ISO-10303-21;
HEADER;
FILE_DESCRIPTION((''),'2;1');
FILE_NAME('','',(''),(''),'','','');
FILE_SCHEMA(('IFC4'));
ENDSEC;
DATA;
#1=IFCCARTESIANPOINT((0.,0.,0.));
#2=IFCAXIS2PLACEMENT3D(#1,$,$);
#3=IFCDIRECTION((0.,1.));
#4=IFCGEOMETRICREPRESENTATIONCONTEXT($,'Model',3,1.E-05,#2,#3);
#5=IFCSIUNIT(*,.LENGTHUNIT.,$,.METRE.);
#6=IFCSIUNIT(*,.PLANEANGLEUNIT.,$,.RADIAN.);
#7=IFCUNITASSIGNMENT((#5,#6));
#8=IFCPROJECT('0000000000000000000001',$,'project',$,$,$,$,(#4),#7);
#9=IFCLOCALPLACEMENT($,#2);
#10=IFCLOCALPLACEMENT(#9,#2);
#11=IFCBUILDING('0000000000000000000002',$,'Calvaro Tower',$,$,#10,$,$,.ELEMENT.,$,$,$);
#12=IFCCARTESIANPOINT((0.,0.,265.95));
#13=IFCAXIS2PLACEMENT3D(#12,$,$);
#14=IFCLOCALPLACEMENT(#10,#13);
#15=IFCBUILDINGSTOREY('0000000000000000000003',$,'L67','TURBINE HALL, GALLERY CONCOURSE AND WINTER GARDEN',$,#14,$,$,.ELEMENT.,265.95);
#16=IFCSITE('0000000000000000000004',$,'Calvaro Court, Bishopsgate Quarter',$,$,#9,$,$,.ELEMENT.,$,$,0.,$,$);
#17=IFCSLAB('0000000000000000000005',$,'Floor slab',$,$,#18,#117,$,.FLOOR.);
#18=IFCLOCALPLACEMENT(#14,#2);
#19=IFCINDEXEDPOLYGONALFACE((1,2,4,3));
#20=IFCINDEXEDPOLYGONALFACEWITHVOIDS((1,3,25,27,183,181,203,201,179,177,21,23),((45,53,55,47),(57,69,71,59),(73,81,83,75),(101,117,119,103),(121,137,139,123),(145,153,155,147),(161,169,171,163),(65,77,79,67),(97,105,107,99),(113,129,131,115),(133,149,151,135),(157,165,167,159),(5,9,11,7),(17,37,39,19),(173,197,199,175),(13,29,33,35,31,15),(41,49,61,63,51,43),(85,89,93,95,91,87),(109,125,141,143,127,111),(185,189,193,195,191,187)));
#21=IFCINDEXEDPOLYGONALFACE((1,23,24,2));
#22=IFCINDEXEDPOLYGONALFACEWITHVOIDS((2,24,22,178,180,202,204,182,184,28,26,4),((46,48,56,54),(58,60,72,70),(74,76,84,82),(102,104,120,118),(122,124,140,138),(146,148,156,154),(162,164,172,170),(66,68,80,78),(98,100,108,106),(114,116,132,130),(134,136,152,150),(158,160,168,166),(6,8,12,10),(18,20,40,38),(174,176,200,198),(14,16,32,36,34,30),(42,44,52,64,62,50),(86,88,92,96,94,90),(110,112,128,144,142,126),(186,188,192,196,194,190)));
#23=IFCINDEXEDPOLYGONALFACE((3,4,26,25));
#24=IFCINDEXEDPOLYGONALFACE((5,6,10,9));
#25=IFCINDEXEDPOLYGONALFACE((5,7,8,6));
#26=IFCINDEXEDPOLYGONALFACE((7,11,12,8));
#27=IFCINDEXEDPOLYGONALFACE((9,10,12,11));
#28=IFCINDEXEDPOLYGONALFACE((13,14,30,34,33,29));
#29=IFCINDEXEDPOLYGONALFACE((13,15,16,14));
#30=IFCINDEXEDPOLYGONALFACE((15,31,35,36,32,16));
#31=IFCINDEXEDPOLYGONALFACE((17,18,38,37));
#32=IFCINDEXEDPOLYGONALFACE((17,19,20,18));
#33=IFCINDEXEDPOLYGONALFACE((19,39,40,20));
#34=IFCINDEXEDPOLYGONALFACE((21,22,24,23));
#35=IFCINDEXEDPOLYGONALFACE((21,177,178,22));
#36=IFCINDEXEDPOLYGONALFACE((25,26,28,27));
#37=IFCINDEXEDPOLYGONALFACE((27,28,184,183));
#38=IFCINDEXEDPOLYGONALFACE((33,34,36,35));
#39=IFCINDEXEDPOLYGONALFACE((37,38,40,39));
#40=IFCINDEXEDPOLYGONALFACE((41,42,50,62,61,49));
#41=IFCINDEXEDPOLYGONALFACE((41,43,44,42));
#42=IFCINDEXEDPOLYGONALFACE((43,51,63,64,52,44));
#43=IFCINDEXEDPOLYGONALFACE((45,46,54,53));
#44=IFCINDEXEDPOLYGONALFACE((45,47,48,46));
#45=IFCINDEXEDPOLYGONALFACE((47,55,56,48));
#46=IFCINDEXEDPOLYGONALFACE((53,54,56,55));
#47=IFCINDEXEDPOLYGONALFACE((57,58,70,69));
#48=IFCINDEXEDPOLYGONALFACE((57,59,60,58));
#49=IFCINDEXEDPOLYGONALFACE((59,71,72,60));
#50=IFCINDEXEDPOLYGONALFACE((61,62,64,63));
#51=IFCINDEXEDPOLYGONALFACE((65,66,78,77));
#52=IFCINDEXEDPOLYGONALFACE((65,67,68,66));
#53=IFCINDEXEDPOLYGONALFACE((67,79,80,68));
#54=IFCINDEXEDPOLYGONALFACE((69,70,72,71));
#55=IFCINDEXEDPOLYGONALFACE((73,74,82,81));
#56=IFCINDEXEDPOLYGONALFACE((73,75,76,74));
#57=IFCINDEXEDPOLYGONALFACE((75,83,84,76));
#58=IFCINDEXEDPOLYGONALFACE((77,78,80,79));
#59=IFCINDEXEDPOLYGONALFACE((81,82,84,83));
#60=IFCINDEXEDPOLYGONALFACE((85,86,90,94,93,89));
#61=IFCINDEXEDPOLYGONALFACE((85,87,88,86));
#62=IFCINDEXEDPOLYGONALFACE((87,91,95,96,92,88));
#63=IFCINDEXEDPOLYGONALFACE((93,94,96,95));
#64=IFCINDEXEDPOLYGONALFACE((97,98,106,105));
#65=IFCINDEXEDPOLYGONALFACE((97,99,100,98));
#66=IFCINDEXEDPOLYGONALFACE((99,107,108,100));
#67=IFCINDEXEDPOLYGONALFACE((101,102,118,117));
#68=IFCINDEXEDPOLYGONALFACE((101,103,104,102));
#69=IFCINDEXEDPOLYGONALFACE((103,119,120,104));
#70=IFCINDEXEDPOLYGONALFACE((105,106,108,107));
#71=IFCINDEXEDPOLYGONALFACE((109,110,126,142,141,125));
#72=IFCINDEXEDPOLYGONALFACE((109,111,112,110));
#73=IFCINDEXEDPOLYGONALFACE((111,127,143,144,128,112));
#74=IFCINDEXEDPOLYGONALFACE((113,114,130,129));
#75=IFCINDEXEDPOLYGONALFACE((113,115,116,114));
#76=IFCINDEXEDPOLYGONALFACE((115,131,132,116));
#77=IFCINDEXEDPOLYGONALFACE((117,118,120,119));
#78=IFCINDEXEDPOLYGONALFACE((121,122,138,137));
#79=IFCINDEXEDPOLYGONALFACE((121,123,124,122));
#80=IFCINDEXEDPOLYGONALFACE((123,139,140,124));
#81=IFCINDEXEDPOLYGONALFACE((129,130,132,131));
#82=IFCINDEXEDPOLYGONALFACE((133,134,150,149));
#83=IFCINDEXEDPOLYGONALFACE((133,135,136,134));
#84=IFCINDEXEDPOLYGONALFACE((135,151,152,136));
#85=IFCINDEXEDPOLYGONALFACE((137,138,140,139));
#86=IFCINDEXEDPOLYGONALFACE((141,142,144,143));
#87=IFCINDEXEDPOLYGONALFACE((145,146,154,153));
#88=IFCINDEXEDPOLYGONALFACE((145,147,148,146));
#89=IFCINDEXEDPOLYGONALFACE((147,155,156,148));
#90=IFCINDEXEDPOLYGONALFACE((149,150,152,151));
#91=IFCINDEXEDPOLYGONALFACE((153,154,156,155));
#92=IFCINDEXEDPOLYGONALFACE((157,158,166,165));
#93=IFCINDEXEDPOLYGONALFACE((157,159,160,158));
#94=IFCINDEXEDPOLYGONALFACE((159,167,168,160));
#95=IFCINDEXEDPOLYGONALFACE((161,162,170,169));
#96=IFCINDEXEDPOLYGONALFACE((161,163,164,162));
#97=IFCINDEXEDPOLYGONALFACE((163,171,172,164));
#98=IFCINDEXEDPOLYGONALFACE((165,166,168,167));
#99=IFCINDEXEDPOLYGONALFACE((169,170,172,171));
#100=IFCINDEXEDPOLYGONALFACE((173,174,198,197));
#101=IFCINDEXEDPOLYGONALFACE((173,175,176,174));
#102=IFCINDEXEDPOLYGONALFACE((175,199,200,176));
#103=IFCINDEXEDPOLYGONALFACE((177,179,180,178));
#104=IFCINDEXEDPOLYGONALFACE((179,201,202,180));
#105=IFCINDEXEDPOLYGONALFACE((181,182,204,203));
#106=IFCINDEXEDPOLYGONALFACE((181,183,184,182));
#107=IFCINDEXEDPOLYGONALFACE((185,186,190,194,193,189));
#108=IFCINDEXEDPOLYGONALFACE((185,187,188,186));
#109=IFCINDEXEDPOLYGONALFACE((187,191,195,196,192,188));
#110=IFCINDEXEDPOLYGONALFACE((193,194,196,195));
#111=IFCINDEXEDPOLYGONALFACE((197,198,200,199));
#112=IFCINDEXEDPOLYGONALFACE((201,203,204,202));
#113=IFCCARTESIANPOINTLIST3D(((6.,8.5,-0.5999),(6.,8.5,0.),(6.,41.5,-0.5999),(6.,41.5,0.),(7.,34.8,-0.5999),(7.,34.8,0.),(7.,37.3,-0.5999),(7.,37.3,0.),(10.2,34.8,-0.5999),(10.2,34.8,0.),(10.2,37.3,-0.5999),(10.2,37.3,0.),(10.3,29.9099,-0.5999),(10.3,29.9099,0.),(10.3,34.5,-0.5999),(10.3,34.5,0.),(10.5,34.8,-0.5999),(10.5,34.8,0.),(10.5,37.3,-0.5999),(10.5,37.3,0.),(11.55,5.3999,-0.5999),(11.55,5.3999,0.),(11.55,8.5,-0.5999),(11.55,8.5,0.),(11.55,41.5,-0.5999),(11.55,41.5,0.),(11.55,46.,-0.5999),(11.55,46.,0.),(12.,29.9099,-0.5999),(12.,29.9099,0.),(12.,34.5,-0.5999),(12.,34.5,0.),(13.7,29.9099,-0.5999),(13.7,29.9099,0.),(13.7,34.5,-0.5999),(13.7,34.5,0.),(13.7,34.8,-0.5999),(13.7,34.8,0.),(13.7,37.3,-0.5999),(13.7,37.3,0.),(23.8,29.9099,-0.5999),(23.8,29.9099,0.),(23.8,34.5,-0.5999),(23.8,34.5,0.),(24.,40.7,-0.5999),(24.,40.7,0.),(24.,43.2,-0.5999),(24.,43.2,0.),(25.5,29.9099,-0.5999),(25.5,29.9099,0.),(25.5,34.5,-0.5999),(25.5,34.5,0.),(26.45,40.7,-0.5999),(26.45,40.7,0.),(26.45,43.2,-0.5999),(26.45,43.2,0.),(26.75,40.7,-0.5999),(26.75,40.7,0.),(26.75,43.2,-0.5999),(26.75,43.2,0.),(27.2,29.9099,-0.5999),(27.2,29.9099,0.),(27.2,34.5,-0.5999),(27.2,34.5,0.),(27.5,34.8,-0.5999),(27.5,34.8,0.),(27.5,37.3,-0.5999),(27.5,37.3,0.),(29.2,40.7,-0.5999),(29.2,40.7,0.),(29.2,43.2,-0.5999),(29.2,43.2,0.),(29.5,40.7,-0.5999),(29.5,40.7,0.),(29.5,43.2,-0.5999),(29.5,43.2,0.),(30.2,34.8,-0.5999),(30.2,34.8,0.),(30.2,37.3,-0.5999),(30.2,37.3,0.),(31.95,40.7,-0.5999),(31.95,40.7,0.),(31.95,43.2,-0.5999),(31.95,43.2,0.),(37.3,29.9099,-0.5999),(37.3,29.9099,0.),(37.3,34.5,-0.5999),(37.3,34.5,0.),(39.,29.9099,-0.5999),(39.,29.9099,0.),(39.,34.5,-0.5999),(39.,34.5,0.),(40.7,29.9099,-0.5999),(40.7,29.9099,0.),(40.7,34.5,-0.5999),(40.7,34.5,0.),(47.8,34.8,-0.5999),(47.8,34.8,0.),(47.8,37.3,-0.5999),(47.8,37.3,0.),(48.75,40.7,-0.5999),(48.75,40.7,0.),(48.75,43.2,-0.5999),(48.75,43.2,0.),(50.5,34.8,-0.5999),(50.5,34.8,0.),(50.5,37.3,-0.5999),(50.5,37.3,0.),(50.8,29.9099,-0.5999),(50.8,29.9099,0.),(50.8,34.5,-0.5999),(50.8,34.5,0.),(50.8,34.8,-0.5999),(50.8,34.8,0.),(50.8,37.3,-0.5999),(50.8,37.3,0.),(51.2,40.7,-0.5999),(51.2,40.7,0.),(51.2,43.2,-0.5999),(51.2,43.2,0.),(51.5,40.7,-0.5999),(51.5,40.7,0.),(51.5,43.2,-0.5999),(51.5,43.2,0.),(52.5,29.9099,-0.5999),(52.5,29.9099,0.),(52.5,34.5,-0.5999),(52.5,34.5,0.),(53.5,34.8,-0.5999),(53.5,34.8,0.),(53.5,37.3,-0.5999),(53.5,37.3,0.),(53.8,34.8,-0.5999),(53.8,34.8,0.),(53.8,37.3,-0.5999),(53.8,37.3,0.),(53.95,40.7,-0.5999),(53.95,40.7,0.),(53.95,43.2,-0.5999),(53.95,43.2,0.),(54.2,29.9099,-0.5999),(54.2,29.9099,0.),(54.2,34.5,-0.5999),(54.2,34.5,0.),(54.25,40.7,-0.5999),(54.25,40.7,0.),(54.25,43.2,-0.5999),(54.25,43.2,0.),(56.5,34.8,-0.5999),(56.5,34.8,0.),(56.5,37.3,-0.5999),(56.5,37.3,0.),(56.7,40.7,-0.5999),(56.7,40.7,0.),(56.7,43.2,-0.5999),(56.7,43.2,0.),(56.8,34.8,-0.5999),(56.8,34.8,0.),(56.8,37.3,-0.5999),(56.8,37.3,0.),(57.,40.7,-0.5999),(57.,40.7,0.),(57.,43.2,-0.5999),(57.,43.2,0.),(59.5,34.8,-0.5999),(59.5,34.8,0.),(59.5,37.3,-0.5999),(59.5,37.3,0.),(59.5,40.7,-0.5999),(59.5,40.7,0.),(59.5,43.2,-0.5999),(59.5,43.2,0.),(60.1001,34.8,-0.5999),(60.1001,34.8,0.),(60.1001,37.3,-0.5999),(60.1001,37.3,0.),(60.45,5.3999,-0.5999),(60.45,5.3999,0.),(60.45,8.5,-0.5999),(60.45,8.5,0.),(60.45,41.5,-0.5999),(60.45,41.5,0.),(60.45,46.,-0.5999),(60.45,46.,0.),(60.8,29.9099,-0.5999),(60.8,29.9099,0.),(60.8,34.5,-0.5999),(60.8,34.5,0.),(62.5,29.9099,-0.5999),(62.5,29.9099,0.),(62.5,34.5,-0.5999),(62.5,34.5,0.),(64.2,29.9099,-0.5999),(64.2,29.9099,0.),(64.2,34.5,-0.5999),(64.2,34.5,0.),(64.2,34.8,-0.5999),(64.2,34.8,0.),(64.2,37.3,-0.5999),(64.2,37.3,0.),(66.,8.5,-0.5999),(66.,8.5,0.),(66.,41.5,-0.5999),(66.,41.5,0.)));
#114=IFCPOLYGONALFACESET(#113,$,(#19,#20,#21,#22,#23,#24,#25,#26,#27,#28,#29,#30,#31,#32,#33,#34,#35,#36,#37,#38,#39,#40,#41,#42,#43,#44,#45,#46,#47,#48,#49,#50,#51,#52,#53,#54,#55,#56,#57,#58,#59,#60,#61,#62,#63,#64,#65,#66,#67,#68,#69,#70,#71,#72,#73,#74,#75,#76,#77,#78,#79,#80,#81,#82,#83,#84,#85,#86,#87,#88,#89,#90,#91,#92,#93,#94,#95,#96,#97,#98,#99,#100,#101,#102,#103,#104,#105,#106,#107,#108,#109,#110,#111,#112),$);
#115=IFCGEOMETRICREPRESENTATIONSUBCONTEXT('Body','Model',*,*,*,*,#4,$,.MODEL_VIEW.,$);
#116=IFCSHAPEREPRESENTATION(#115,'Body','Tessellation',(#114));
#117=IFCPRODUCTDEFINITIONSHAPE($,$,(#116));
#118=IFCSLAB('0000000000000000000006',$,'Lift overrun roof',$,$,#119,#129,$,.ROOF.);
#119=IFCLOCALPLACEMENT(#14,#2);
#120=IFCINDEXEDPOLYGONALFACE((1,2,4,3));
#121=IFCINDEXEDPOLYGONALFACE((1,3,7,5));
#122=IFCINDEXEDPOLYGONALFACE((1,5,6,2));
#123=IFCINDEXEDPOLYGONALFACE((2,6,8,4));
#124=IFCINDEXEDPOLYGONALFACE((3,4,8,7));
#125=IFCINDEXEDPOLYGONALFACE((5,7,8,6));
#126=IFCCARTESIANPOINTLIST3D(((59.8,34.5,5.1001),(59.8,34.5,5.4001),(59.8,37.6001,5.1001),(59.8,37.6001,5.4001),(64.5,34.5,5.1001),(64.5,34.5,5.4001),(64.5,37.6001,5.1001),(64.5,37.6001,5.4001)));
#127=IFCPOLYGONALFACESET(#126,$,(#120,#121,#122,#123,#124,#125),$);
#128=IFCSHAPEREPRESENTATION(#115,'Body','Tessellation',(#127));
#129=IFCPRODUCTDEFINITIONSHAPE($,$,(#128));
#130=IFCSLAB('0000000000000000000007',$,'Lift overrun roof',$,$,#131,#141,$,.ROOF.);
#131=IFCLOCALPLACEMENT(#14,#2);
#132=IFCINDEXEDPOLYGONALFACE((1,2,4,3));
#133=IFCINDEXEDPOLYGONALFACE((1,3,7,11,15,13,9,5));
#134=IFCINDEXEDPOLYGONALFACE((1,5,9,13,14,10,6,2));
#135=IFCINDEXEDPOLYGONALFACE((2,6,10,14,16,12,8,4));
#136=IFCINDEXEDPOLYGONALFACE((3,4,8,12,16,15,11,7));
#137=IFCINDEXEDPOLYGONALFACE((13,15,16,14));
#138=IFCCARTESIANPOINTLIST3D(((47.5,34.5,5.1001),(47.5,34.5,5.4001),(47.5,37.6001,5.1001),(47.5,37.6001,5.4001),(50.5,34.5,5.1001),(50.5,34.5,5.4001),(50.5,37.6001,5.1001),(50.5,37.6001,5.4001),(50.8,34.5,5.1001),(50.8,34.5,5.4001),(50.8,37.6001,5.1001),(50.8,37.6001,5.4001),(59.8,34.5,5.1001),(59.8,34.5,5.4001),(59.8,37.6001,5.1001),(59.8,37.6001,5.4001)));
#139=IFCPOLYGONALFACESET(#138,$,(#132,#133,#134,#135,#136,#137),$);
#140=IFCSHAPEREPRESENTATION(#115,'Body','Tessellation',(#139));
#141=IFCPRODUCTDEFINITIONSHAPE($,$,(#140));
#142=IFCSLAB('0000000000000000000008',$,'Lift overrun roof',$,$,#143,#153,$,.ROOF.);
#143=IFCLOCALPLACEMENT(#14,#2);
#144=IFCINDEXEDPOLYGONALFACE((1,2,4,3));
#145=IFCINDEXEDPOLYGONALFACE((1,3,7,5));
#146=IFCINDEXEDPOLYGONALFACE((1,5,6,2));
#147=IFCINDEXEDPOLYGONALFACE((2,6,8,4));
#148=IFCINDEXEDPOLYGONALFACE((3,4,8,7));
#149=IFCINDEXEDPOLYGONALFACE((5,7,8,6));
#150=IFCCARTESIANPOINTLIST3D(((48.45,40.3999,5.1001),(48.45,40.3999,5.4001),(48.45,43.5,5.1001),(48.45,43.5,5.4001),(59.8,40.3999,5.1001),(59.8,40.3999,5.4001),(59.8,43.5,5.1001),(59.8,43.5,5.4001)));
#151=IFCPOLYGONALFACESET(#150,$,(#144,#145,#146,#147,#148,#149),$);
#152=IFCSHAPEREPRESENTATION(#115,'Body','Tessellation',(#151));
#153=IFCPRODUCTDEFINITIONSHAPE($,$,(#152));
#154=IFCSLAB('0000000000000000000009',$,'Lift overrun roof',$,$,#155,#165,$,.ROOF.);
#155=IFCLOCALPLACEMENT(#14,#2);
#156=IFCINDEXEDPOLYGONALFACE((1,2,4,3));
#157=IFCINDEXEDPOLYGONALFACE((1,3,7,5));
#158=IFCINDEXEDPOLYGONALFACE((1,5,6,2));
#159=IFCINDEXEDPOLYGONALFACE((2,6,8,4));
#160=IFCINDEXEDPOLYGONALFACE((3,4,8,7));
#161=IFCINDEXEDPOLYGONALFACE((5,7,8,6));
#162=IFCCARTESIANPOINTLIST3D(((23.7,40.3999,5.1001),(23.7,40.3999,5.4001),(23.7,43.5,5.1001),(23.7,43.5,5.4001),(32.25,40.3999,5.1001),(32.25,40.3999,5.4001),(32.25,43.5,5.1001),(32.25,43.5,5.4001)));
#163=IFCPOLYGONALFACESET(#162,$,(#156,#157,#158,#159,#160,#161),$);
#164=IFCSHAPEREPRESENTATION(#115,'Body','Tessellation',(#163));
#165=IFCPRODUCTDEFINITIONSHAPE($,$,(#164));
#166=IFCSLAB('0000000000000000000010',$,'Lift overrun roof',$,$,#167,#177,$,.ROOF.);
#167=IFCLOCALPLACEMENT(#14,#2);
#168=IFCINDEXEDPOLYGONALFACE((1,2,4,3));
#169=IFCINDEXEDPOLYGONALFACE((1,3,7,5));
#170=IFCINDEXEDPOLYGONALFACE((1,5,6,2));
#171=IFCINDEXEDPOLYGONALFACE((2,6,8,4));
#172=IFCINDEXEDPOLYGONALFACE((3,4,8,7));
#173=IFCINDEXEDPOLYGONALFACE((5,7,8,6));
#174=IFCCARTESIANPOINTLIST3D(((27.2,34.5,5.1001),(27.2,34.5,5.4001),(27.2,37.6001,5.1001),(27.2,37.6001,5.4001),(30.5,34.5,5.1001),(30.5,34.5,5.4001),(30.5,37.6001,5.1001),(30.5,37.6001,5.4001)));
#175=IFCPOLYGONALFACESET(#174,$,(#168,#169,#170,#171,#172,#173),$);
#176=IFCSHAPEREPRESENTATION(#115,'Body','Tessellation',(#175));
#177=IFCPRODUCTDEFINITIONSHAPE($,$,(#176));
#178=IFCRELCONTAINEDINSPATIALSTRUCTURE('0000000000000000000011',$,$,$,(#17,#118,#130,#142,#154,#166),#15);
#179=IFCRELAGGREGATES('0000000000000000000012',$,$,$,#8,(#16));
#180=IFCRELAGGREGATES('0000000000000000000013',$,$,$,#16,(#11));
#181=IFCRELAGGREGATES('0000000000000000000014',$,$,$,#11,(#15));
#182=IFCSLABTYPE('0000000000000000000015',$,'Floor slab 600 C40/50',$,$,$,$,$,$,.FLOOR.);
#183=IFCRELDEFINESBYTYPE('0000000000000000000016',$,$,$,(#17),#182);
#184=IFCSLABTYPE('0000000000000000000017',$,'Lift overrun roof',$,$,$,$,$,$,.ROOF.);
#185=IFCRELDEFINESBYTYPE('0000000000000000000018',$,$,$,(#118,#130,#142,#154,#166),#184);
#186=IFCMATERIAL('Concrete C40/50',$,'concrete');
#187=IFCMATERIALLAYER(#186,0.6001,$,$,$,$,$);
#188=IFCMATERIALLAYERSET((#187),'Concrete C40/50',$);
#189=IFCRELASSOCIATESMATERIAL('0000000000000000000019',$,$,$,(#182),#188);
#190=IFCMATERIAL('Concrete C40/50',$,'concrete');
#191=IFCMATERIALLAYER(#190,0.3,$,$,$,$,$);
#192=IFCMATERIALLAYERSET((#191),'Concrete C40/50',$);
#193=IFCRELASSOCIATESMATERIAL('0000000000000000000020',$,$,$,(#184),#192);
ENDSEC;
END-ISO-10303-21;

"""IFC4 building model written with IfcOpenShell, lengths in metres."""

from ifc_helpers import new_model, si_unit, direction, frame, origin, place, context, subcontext, project, spatial, polyline, outline, extrude, material, layer, layer_set, type_object, element, save


model = new_model("IFC4")

# Units and contexts
model_context = context("Model", 3, precision=1e-05, world=origin(), true_north=direction((0.0, 1.0)))
body_context = subcontext(model_context, "Body", "Model", "MODEL_VIEW")
ifc_project = project(units=[si_unit("LENGTHUNIT", "METRE"), si_unit("PLANEANGLEUNIT", "RADIAN")], contexts=[model_context])

# Site, building, storey
site_placement = place(None, origin())
site = spatial("IfcSite", under=ifc_project, at=site_placement, Name="Calvaro Court, Bishopsgate Quarter", CompositionType="ELEMENT", RefElevation=0.0)
building_placement = place(site_placement, origin())
building = spatial("IfcBuilding", under=site, at=building_placement, Name="Calvaro Tower", CompositionType="ELEMENT")
storey_placement = place(building_placement, frame((0.0, 0.0, 265.95)))
storey = spatial("IfcBuildingStorey", under=building, at=storey_placement, Name="L67", Description="TURBINE HALL, GALLERY CONCOURSE AND WINTER GARDEN", CompositionType="ELEMENT", Elevation=265.95)

# Slabs
ifc_material_1 = material(Name="Concrete C40/50", Category="concrete")
ifc_layer_1 = layer(ifc_material_1, 0.6001)
ifc_layer_set_1 = layer_set([ifc_layer_1], Name="Concrete C40/50")
slab_type_1 = type_object("IfcSlabType", Name="Floor slab 600 C40/50", PredefinedType="FLOOR", material=ifc_layer_set_1)
slab_1_placement = place(storey_placement, frame((0.0, 0.0, -0.5999)))
element("IfcSlab", 1, at=slab_1_placement, inside=storey, type_object=slab_type_1, Name="Floor slab", PredefinedType="FLOOR", context=body_context, shape_type="SweptSolid", body=[
    extrude(outline(polyline([(60.45, 8.5), (60.45, 5.3999), (11.55, 5.3999), (11.55, 8.5), (6.0, 8.5), (6.0, 41.5), (11.55, 41.5), (11.55, 46.0), (60.45, 46.0), (60.45, 41.5), (66.0, 41.5), (66.0, 8.5), (60.45, 8.5)]), holes=[polyline([(10.3, 29.9099), (10.3, 34.5), (12.0, 34.5), (13.7, 34.5), (13.7, 29.9099), (12.0, 29.9099), (10.3, 29.9099)]), polyline([(23.8, 29.9099), (23.8, 34.5), (25.5, 34.5), (27.2, 34.5), (27.2, 29.9099), (25.5, 29.9099), (23.8, 29.9099)]), polyline([(37.3, 29.9099), (37.3, 34.5), (39.0, 34.5), (40.7, 34.5), (40.7, 29.9099), (39.0, 29.9099), (37.3, 29.9099)]), polyline([(50.8, 29.9099), (50.8, 34.5), (52.5, 34.5), (54.2, 34.5), (54.2, 29.9099), (52.5, 29.9099), (50.8, 29.9099)]), polyline([(60.8, 29.9099), (60.8, 34.5), (62.5, 34.5), (64.2, 34.5), (64.2, 29.9099), (62.5, 29.9099), (60.8, 29.9099)]), polyline([(50.8, 34.8), (53.5, 34.8), (53.5, 37.3), (50.8, 37.3), (50.8, 34.8)]), polyline([(53.8, 34.8), (56.5, 34.8), (56.5, 37.3), (53.8, 37.3), (53.8, 34.8)]), polyline([(56.8, 34.8), (59.5, 34.8), (59.5, 37.3), (56.8, 37.3), (56.8, 34.8)]), polyline([(24.0, 40.7), (26.45, 40.7), (26.45, 43.2), (24.0, 43.2), (24.0, 40.7)]), polyline([(26.75, 40.7), (29.2, 40.7), (29.2, 43.2), (26.75, 43.2), (26.75, 40.7)]), polyline([(29.5, 40.7), (31.95, 40.7), (31.95, 43.2), (29.5, 43.2), (29.5, 40.7)]), polyline([(48.75, 40.7), (51.2, 40.7), (51.2, 43.2), (48.75, 43.2), (48.75, 40.7)]), polyline([(51.5, 40.7), (53.95, 40.7), (53.95, 43.2), (51.5, 43.2), (51.5, 40.7)]), polyline([(54.25, 40.7), (56.7, 40.7), (56.7, 43.2), (54.25, 43.2), (54.25, 40.7)]), polyline([(57.0, 40.7), (59.5, 40.7), (59.5, 43.2), (57.0, 43.2), (57.0, 40.7)]), polyline([(7.0, 34.8), (10.2, 34.8), (10.2, 37.3), (7.0, 37.3), (7.0, 34.8)]), polyline([(10.5, 34.8), (13.7, 34.8), (13.7, 37.3), (10.5, 37.3), (10.5, 34.8)]), polyline([(60.1001, 34.8), (64.2, 34.8), (64.2, 37.3), (60.1001, 37.3), (60.1001, 34.8)]), polyline([(27.5, 34.8), (30.2, 34.8), (30.2, 37.3), (27.5, 37.3), (27.5, 34.8)]), polyline([(47.8, 34.8), (50.5, 34.8), (50.5, 37.3), (47.8, 37.3), (47.8, 34.8)])]), origin(), (0.0, 0.0, 1.0), 0.5999),
])
ifc_material_2 = material(Name="Concrete C40/50", Category="concrete")
ifc_layer_2 = layer(ifc_material_2, 0.3)
ifc_layer_set_2 = layer_set([ifc_layer_2], Name="Concrete C40/50")
slab_type_2 = type_object("IfcSlabType", Name="Lift overrun roof", PredefinedType="ROOF", material=ifc_layer_set_2)
slab_2_placement = place(storey_placement, frame((0.0, 0.0, 5.1001)))
element("IfcSlab", 2, at=slab_2_placement, inside=storey, type_object=slab_type_2, Name="Lift overrun roof", PredefinedType="ROOF", context=body_context, shape_type="SweptSolid", body=[
    extrude(outline(polyline([(59.8, 37.6001), (64.5, 37.6001), (64.5, 34.5), (59.8, 34.5), (59.8, 37.6001)])), origin(), (0.0, 0.0, 1.0), 0.3),
])
slab_3_placement = place(storey_placement, frame((0.0, 0.0, 5.1001)))
element("IfcSlab", 3, at=slab_3_placement, inside=storey, type_object=slab_type_2, Name="Lift overrun roof", PredefinedType="ROOF", context=body_context, shape_type="SweptSolid", body=[
    extrude(outline(polyline([(59.8, 34.5), (50.8, 34.5), (50.5, 34.5), (47.5, 34.5), (47.5, 37.6001), (50.5, 37.6001), (50.8, 37.6001), (59.8, 37.6001), (59.8, 34.5)])), origin(), (0.0, 0.0, 1.0), 0.3),
])
slab_4_placement = place(storey_placement, frame((0.0, 0.0, 5.1001)))
element("IfcSlab", 4, at=slab_4_placement, inside=storey, type_object=slab_type_2, Name="Lift overrun roof", PredefinedType="ROOF", context=body_context, shape_type="SweptSolid", body=[
    extrude(outline(polyline([(59.8, 43.5), (59.8, 40.3999), (48.45, 40.3999), (48.45, 43.5), (59.8, 43.5)])), origin(), (0.0, 0.0, 1.0), 0.3),
])
slab_5_placement = place(storey_placement, frame((0.0, 0.0, 5.1001)))
element("IfcSlab", 5, at=slab_5_placement, inside=storey, type_object=slab_type_2, Name="Lift overrun roof", PredefinedType="ROOF", context=body_context, shape_type="SweptSolid", body=[
    extrude(outline(polyline([(32.25, 43.5), (32.25, 40.3999), (23.7, 40.3999), (23.7, 43.5), (32.25, 43.5)])), origin(), (0.0, 0.0, 1.0), 0.3),
])
slab_6_placement = place(storey_placement, frame((0.0, 0.0, 5.1001)))
element("IfcSlab", 6, at=slab_6_placement, inside=storey, type_object=slab_type_2, Name="Lift overrun roof", PredefinedType="ROOF", context=body_context, shape_type="SweptSolid", body=[
    extrude(outline(polyline([(27.2, 37.6001), (30.5, 37.6001), (30.5, 34.5), (27.2, 34.5), (27.2, 37.6001)])), origin(), (0.0, 0.0, 1.0), 0.3),
])

save(model, "model.ifc")
